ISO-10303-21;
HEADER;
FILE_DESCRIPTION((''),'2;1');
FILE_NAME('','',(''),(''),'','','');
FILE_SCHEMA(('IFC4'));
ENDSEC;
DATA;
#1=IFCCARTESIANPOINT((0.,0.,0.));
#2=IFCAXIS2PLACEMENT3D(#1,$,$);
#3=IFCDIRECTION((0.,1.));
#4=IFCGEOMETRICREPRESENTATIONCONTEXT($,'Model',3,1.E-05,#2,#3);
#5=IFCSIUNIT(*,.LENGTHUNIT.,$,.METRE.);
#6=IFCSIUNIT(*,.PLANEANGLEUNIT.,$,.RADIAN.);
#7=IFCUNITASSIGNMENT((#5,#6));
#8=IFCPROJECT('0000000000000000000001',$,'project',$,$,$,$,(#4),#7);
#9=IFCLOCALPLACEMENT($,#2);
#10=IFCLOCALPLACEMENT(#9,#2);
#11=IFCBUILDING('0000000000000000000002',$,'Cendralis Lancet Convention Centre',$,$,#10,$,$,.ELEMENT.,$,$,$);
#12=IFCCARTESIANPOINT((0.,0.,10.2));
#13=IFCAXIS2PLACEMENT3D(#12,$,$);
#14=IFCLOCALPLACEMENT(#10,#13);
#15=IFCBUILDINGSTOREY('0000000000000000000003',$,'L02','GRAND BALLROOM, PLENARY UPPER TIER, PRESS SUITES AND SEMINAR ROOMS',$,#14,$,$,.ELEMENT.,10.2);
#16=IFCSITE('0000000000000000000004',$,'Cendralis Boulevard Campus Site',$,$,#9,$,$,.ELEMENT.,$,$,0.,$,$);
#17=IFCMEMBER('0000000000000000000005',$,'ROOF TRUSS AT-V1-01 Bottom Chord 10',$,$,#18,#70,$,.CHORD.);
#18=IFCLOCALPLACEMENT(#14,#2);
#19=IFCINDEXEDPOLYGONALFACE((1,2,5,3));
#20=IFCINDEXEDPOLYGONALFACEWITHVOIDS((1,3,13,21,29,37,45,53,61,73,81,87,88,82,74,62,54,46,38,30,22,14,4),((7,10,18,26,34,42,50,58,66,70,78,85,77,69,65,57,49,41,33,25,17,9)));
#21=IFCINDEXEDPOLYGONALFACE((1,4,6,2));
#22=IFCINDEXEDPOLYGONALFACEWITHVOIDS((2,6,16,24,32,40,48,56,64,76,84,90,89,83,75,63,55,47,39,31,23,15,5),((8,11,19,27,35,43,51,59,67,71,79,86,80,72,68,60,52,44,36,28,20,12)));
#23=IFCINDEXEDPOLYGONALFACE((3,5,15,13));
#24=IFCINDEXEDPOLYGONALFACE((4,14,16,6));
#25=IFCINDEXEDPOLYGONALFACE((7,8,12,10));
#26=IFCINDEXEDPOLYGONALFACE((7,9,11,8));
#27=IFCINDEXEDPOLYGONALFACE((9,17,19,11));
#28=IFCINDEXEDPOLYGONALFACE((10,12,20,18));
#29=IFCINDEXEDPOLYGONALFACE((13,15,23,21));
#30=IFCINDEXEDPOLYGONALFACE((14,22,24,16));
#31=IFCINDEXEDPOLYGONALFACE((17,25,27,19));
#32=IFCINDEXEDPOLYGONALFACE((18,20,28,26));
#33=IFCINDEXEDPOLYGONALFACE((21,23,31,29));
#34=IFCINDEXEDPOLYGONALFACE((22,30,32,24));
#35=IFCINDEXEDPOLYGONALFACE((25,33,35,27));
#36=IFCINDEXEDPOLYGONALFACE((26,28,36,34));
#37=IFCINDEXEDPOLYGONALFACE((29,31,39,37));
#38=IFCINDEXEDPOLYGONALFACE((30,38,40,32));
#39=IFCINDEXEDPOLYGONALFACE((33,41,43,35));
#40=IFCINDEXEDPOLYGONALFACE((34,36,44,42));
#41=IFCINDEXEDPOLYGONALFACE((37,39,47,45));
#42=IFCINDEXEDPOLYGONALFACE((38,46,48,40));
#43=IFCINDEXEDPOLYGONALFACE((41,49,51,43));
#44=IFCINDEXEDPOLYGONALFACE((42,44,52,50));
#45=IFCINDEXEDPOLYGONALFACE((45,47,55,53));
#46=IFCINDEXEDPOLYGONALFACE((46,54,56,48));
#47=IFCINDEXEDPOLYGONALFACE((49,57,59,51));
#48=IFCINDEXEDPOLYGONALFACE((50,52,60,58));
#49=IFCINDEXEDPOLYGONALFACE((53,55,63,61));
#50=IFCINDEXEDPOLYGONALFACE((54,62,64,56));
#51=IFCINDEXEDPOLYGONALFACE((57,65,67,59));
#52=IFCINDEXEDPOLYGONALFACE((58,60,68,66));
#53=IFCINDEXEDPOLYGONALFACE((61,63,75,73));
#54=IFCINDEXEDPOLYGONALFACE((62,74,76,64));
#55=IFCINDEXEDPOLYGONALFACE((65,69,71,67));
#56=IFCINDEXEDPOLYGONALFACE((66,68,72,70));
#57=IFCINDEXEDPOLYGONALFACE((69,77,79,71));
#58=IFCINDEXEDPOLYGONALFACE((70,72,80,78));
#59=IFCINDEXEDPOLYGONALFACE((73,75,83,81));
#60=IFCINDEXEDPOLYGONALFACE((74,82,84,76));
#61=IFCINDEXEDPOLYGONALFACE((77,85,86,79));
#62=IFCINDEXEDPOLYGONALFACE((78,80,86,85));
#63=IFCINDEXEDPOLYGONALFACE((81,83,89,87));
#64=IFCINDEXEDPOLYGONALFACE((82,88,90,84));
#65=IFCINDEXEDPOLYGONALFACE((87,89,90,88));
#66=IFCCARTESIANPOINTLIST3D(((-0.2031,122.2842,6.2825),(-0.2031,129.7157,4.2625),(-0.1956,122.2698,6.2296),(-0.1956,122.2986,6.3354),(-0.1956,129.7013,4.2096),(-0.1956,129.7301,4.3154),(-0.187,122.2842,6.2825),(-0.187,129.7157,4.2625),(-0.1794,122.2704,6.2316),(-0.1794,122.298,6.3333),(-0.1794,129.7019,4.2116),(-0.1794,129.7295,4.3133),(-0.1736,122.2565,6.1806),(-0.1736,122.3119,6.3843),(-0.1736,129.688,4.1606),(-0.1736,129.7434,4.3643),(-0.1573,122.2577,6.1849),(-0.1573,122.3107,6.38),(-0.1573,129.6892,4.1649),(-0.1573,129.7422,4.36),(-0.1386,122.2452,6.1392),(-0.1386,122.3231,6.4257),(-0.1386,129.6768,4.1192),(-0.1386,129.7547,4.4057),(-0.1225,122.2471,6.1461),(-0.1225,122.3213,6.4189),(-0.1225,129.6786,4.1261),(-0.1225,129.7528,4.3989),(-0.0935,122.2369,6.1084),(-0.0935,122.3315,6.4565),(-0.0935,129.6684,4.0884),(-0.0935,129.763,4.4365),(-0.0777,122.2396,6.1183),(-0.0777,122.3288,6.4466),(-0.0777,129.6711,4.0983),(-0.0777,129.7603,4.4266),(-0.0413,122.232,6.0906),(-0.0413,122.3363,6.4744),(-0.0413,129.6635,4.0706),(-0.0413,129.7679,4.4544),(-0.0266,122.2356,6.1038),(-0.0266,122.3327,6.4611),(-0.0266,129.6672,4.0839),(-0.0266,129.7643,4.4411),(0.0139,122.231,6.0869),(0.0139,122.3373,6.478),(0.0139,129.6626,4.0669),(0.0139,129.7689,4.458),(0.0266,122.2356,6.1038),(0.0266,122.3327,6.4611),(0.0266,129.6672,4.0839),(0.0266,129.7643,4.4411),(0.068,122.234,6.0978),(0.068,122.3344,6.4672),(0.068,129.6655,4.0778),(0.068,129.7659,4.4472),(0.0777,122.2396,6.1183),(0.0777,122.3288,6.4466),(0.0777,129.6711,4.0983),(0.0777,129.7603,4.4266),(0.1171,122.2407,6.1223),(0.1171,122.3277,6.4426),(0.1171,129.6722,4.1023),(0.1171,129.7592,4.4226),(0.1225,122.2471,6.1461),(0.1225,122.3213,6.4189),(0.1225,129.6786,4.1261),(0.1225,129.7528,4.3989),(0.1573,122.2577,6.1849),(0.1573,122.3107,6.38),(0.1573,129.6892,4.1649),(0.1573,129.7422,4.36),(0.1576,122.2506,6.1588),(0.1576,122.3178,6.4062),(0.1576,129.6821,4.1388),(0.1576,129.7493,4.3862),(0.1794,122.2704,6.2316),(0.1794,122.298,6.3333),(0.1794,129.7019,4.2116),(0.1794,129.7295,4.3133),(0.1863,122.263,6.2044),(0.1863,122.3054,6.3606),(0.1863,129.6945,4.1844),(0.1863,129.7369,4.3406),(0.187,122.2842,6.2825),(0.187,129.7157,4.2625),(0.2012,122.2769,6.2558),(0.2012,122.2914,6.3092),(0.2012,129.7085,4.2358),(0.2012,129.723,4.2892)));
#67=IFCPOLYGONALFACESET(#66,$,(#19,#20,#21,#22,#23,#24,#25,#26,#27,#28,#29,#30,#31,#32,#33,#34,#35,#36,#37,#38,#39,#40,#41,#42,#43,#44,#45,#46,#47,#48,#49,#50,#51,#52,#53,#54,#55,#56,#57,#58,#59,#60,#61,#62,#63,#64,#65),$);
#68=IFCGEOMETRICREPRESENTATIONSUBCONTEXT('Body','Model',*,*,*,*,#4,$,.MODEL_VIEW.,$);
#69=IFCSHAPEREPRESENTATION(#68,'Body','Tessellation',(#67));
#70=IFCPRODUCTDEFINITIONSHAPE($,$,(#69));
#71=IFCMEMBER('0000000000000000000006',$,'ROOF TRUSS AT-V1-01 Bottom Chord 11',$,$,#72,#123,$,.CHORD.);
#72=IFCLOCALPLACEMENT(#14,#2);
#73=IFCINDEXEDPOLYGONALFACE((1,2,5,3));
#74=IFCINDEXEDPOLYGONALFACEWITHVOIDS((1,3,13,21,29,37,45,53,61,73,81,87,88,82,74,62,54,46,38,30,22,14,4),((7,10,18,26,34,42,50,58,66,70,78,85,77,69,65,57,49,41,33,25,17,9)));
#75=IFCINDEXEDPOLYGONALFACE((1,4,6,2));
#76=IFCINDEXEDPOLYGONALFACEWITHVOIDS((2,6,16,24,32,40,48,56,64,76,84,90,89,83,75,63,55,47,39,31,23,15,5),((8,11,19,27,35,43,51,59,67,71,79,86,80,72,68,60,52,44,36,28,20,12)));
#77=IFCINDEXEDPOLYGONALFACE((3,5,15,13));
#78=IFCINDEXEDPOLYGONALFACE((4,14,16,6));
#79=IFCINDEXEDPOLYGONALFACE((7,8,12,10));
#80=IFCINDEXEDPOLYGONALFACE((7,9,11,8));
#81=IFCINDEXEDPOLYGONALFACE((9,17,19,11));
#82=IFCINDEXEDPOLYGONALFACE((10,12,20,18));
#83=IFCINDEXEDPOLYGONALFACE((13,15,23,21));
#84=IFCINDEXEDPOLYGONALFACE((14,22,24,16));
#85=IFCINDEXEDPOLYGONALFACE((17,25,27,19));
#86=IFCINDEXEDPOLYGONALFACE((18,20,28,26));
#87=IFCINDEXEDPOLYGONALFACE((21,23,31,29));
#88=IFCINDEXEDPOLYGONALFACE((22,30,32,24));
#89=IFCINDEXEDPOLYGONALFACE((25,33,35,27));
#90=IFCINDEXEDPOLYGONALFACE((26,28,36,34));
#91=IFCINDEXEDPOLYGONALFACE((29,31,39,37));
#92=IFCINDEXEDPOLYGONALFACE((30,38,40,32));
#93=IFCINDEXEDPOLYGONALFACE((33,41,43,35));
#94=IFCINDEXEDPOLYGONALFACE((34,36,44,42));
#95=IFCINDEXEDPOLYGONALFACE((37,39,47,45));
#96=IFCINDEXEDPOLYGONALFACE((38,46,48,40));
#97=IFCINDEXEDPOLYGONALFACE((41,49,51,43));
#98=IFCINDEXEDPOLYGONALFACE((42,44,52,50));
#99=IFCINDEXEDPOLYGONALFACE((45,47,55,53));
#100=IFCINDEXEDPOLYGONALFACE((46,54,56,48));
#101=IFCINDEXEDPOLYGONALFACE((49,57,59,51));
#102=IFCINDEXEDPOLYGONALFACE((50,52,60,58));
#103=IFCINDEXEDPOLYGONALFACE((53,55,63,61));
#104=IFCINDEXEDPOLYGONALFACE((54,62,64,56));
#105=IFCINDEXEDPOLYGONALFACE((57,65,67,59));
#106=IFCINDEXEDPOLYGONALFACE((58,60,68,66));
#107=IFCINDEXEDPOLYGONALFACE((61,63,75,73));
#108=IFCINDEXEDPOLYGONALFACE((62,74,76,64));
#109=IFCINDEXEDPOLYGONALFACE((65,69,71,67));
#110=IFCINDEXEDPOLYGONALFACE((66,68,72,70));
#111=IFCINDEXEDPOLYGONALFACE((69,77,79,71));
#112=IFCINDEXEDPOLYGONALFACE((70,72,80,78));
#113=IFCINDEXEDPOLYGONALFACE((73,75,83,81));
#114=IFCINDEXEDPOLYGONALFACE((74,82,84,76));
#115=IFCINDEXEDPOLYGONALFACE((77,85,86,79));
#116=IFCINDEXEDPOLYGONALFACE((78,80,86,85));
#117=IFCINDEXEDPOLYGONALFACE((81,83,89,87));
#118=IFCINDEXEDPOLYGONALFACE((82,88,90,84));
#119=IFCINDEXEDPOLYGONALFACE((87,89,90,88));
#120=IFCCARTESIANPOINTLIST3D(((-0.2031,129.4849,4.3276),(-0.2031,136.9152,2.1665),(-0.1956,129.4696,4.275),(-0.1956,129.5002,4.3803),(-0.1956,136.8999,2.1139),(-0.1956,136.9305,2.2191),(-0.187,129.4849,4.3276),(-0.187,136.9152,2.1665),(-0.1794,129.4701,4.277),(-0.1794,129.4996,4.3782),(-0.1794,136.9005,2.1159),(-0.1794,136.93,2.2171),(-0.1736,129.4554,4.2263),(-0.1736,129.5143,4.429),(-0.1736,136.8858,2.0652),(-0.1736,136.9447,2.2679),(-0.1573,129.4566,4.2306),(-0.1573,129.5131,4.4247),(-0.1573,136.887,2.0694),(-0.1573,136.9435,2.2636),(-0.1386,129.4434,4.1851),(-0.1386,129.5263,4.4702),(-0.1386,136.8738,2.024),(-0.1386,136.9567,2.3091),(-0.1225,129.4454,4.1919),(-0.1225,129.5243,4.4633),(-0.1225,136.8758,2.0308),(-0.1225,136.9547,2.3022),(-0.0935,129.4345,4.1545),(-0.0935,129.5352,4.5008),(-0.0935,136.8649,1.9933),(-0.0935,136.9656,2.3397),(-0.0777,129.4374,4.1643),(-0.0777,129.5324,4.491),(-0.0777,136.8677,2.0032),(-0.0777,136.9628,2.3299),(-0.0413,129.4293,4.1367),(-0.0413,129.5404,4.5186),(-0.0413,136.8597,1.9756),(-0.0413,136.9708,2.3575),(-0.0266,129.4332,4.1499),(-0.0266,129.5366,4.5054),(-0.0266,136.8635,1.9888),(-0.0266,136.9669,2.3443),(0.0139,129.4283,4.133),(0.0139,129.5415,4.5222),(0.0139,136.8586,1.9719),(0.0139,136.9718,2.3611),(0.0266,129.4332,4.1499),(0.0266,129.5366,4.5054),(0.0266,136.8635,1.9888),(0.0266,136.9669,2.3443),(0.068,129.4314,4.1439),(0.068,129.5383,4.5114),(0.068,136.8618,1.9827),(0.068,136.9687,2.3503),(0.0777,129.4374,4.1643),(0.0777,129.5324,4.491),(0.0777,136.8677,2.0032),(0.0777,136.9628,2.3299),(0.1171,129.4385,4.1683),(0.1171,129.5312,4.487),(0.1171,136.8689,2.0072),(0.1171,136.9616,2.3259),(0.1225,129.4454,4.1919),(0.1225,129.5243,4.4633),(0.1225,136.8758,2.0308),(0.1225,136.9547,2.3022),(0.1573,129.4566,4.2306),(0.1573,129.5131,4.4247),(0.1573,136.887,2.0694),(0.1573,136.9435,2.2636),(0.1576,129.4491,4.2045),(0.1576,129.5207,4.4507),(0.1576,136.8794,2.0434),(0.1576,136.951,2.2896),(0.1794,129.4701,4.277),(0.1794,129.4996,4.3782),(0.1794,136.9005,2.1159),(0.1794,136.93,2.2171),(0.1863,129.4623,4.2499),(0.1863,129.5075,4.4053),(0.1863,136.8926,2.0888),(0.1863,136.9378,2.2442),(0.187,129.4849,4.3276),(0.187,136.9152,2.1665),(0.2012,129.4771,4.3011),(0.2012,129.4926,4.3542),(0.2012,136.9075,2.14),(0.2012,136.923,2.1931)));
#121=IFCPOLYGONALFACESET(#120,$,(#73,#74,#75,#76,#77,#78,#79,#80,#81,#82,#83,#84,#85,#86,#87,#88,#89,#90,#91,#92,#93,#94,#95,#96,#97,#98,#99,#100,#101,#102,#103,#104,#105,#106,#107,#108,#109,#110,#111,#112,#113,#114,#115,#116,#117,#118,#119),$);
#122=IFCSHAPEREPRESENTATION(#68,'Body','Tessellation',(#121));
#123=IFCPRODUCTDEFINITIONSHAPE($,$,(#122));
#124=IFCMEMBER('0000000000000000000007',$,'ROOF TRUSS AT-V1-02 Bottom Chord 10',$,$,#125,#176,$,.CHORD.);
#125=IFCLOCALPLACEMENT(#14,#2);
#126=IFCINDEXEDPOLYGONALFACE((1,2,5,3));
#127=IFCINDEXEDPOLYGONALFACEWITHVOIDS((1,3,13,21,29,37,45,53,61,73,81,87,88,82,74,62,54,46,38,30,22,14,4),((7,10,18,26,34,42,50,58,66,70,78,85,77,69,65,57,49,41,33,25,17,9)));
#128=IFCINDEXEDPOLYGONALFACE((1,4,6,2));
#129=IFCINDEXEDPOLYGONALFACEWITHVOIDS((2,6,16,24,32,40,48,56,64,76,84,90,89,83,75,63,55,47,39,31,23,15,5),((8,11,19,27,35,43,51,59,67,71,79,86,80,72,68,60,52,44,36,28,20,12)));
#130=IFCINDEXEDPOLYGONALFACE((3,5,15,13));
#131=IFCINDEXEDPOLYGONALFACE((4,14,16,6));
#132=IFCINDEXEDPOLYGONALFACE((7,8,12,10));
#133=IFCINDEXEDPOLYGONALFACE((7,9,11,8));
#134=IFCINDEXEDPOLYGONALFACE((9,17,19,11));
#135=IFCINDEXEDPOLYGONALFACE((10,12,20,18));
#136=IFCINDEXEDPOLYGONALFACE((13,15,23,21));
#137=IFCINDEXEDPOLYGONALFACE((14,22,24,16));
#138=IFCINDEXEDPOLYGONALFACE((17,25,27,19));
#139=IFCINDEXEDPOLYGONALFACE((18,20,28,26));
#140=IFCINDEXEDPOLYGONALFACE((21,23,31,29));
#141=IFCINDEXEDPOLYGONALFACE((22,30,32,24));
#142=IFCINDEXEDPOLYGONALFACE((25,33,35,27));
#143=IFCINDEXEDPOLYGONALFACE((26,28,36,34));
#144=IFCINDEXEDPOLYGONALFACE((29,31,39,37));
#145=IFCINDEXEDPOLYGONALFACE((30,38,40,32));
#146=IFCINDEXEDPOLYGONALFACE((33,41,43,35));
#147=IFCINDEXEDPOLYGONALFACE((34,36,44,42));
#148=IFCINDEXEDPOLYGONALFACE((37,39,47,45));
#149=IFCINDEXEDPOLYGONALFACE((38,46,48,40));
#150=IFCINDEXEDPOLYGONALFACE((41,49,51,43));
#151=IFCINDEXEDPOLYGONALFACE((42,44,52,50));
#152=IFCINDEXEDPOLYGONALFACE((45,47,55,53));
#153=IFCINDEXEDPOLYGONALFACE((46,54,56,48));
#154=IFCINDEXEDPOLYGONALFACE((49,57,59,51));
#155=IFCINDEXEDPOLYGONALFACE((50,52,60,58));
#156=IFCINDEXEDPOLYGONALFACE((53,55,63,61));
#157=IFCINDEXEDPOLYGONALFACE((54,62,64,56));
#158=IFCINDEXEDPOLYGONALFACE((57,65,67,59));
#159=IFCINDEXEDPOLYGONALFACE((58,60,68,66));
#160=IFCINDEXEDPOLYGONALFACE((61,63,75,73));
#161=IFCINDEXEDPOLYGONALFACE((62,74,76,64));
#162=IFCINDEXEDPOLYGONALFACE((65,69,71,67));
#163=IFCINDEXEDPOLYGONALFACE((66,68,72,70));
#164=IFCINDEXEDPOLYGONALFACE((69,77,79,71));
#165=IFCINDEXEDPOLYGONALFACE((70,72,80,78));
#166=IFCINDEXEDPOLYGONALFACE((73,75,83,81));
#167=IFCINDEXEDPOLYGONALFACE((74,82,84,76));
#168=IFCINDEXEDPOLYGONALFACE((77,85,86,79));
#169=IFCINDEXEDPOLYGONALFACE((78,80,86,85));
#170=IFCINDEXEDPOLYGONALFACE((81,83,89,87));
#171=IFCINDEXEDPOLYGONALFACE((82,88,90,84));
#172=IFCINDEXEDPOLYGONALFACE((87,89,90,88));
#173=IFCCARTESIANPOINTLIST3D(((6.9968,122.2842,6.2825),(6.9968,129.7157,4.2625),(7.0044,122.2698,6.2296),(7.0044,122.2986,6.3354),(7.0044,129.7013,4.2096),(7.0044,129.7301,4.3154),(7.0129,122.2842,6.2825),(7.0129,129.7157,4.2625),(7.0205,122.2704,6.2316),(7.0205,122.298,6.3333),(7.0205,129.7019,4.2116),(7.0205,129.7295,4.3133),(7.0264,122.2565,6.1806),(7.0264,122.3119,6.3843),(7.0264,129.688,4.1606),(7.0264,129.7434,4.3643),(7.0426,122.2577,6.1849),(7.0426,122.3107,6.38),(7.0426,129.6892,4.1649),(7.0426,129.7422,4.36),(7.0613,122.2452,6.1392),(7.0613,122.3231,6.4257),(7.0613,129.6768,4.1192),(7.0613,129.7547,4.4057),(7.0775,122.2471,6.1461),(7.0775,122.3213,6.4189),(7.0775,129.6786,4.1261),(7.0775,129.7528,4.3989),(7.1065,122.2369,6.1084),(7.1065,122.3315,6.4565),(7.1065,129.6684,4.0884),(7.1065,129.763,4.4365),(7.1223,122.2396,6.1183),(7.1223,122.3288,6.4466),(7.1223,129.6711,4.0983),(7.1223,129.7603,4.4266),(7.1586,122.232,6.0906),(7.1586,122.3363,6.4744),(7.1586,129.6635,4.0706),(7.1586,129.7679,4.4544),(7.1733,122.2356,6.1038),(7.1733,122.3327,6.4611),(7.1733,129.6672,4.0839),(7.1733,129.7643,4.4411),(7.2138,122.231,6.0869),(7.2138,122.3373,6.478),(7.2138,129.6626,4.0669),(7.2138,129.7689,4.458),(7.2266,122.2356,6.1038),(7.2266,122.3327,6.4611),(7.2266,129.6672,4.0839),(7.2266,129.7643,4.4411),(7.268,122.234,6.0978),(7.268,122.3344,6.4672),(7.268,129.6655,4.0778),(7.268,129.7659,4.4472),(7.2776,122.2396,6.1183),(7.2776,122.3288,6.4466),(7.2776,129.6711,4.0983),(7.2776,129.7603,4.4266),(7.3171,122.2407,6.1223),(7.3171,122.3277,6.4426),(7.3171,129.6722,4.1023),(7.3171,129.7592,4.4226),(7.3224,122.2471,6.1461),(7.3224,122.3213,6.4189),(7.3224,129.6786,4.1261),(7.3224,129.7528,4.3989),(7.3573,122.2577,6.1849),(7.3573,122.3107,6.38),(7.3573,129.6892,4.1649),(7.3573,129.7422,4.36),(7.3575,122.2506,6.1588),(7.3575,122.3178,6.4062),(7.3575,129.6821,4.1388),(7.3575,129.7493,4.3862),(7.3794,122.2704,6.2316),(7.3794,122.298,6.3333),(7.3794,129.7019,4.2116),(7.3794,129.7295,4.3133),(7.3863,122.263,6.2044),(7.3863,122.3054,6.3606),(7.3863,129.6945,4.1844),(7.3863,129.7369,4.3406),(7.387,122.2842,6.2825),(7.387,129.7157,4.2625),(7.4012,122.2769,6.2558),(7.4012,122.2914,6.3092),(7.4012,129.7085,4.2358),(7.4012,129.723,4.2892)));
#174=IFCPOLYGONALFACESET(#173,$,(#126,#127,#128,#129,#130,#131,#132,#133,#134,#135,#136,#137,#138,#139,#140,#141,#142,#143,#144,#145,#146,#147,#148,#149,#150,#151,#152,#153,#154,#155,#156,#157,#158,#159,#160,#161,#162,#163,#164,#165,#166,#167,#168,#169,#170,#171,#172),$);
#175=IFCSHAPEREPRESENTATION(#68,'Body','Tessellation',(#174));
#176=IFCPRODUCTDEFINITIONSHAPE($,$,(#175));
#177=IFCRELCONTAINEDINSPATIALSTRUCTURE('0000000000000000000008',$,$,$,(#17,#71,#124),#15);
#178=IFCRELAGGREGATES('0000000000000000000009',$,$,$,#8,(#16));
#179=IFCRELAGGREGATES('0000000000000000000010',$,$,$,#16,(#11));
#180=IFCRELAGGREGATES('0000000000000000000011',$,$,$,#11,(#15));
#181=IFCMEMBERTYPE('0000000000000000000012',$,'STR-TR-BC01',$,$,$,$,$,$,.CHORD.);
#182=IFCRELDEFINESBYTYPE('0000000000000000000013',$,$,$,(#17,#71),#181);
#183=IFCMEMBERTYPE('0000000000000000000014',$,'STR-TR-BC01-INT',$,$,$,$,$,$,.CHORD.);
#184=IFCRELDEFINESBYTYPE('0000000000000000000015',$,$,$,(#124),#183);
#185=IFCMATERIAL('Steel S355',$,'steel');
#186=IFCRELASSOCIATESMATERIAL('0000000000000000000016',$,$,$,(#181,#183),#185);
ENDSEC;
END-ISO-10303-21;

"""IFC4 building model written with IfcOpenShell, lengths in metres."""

from ifc_helpers import new_model, si_unit, direction, frame, origin, origin_2d, place, context, subcontext, project, spatial, hollow_circle, extrude, material, material_profile, profile_set, type_object, element, save


model = new_model("IFC4")

# Units and contexts
model_context = context("Model", 3, precision=1e-05, world=origin(), true_north=direction((0.0, 1.0)))
body_context = subcontext(model_context, "Body", "Model", "MODEL_VIEW")
ifc_project = project(units=[si_unit("LENGTHUNIT", "METRE"), si_unit("PLANEANGLEUNIT", "RADIAN")], contexts=[model_context])

# Site, building, storey
site_placement = place(None, origin())
site = spatial("IfcSite", under=ifc_project, at=site_placement, Name="Cendralis Boulevard Campus Site", CompositionType="ELEMENT", RefElevation=0.0)
building_placement = place(site_placement, origin())
building = spatial("IfcBuilding", under=site, at=building_placement, Name="Cendralis Lancet Convention Centre", CompositionType="ELEMENT")
storey_placement = place(building_placement, frame((0.0, 0.0, 10.2)))
storey = spatial("IfcBuildingStorey", under=building, at=storey_placement, Name="L02", Description="GRAND BALLROOM, PLENARY UPPER TIER, PRESS SUITES AND SEMINAR ROOMS", CompositionType="ELEMENT", Elevation=10.2)

# Members
ifc_material_1 = material(Name="Steel S355", Category="steel")
ifc_material_profile_1 = material_profile(ifc_material_1, hollow_circle(Radius=0.2031, WallThickness=0.0161, at=origin_2d()), Name="CHS 406.4x16.0")
ifc_profile_set_1 = profile_set([ifc_material_profile_1], Name="Steel S355")
member_type_1 = type_object("IfcMemberType", Name="STR-TR-BC01", PredefinedType="CHORD", material=ifc_profile_set_1)
member_1_placement = place(storey_placement, frame((0.0, 122.2842, 6.2825), z_axis=(0.0, 0.964987, -0.262296), x_axis=(-1.0, 0.0, 0.0)))
element("IfcMember", 1, at=member_1_placement, inside=storey, type_object=member_type_1, Name="ROOF TRUSS AT-V1-01 Bottom Chord 10", PredefinedType="CHORD", context=body_context, shape_type="SweptSolid", body=[
    extrude(hollow_circle(Radius=0.2031, WallThickness=0.0161, at=origin_2d()), origin(), (0.0, 0.0, 1.0), 7.7012),
])
member_2_placement = place(storey_placement, frame((0.0, 129.4849, 4.3276), z_axis=(0.0, 0.960211, -0.279277), x_axis=(-1.0, 0.0, 0.0)))
element("IfcMember", 2, at=member_2_placement, inside=storey, type_object=member_type_1, Name="ROOF TRUSS AT-V1-01 Bottom Chord 11", PredefinedType="CHORD", context=body_context, shape_type="SweptSolid", body=[
    extrude(hollow_circle(Radius=0.2031, WallThickness=0.0161, at=origin_2d()), origin(), (0.0, 0.0, 1.0), 7.7383),
])
ifc_material_profile_2 = material_profile(ifc_material_1, hollow_circle(Radius=0.2031, WallThickness=0.0161, at=origin_2d()), Name="CHS 406.4x16.0")
ifc_profile_set_2 = profile_set([ifc_material_profile_2], Name="Steel S355")
member_type_2 = type_object("IfcMemberType", Name="STR-TR-BC01-INT", PredefinedType="CHORD", material=ifc_profile_set_2)
member_3_placement = place(storey_placement, frame((7.2, 122.2842, 6.2825), z_axis=(0.0, 0.964987, -0.262296), x_axis=(-1.0, 0.0, 0.0)))
element("IfcMember", 3, at=member_3_placement, inside=storey, type_object=member_type_2, Name="ROOF TRUSS AT-V1-02 Bottom Chord 10", PredefinedType="CHORD", context=body_context, shape_type="SweptSolid", body=[
    extrude(hollow_circle(Radius=0.2031, WallThickness=0.0161, at=origin_2d()), origin(), (0.0, 0.0, 1.0), 7.7012),
])

save(model, "model.ifc")
